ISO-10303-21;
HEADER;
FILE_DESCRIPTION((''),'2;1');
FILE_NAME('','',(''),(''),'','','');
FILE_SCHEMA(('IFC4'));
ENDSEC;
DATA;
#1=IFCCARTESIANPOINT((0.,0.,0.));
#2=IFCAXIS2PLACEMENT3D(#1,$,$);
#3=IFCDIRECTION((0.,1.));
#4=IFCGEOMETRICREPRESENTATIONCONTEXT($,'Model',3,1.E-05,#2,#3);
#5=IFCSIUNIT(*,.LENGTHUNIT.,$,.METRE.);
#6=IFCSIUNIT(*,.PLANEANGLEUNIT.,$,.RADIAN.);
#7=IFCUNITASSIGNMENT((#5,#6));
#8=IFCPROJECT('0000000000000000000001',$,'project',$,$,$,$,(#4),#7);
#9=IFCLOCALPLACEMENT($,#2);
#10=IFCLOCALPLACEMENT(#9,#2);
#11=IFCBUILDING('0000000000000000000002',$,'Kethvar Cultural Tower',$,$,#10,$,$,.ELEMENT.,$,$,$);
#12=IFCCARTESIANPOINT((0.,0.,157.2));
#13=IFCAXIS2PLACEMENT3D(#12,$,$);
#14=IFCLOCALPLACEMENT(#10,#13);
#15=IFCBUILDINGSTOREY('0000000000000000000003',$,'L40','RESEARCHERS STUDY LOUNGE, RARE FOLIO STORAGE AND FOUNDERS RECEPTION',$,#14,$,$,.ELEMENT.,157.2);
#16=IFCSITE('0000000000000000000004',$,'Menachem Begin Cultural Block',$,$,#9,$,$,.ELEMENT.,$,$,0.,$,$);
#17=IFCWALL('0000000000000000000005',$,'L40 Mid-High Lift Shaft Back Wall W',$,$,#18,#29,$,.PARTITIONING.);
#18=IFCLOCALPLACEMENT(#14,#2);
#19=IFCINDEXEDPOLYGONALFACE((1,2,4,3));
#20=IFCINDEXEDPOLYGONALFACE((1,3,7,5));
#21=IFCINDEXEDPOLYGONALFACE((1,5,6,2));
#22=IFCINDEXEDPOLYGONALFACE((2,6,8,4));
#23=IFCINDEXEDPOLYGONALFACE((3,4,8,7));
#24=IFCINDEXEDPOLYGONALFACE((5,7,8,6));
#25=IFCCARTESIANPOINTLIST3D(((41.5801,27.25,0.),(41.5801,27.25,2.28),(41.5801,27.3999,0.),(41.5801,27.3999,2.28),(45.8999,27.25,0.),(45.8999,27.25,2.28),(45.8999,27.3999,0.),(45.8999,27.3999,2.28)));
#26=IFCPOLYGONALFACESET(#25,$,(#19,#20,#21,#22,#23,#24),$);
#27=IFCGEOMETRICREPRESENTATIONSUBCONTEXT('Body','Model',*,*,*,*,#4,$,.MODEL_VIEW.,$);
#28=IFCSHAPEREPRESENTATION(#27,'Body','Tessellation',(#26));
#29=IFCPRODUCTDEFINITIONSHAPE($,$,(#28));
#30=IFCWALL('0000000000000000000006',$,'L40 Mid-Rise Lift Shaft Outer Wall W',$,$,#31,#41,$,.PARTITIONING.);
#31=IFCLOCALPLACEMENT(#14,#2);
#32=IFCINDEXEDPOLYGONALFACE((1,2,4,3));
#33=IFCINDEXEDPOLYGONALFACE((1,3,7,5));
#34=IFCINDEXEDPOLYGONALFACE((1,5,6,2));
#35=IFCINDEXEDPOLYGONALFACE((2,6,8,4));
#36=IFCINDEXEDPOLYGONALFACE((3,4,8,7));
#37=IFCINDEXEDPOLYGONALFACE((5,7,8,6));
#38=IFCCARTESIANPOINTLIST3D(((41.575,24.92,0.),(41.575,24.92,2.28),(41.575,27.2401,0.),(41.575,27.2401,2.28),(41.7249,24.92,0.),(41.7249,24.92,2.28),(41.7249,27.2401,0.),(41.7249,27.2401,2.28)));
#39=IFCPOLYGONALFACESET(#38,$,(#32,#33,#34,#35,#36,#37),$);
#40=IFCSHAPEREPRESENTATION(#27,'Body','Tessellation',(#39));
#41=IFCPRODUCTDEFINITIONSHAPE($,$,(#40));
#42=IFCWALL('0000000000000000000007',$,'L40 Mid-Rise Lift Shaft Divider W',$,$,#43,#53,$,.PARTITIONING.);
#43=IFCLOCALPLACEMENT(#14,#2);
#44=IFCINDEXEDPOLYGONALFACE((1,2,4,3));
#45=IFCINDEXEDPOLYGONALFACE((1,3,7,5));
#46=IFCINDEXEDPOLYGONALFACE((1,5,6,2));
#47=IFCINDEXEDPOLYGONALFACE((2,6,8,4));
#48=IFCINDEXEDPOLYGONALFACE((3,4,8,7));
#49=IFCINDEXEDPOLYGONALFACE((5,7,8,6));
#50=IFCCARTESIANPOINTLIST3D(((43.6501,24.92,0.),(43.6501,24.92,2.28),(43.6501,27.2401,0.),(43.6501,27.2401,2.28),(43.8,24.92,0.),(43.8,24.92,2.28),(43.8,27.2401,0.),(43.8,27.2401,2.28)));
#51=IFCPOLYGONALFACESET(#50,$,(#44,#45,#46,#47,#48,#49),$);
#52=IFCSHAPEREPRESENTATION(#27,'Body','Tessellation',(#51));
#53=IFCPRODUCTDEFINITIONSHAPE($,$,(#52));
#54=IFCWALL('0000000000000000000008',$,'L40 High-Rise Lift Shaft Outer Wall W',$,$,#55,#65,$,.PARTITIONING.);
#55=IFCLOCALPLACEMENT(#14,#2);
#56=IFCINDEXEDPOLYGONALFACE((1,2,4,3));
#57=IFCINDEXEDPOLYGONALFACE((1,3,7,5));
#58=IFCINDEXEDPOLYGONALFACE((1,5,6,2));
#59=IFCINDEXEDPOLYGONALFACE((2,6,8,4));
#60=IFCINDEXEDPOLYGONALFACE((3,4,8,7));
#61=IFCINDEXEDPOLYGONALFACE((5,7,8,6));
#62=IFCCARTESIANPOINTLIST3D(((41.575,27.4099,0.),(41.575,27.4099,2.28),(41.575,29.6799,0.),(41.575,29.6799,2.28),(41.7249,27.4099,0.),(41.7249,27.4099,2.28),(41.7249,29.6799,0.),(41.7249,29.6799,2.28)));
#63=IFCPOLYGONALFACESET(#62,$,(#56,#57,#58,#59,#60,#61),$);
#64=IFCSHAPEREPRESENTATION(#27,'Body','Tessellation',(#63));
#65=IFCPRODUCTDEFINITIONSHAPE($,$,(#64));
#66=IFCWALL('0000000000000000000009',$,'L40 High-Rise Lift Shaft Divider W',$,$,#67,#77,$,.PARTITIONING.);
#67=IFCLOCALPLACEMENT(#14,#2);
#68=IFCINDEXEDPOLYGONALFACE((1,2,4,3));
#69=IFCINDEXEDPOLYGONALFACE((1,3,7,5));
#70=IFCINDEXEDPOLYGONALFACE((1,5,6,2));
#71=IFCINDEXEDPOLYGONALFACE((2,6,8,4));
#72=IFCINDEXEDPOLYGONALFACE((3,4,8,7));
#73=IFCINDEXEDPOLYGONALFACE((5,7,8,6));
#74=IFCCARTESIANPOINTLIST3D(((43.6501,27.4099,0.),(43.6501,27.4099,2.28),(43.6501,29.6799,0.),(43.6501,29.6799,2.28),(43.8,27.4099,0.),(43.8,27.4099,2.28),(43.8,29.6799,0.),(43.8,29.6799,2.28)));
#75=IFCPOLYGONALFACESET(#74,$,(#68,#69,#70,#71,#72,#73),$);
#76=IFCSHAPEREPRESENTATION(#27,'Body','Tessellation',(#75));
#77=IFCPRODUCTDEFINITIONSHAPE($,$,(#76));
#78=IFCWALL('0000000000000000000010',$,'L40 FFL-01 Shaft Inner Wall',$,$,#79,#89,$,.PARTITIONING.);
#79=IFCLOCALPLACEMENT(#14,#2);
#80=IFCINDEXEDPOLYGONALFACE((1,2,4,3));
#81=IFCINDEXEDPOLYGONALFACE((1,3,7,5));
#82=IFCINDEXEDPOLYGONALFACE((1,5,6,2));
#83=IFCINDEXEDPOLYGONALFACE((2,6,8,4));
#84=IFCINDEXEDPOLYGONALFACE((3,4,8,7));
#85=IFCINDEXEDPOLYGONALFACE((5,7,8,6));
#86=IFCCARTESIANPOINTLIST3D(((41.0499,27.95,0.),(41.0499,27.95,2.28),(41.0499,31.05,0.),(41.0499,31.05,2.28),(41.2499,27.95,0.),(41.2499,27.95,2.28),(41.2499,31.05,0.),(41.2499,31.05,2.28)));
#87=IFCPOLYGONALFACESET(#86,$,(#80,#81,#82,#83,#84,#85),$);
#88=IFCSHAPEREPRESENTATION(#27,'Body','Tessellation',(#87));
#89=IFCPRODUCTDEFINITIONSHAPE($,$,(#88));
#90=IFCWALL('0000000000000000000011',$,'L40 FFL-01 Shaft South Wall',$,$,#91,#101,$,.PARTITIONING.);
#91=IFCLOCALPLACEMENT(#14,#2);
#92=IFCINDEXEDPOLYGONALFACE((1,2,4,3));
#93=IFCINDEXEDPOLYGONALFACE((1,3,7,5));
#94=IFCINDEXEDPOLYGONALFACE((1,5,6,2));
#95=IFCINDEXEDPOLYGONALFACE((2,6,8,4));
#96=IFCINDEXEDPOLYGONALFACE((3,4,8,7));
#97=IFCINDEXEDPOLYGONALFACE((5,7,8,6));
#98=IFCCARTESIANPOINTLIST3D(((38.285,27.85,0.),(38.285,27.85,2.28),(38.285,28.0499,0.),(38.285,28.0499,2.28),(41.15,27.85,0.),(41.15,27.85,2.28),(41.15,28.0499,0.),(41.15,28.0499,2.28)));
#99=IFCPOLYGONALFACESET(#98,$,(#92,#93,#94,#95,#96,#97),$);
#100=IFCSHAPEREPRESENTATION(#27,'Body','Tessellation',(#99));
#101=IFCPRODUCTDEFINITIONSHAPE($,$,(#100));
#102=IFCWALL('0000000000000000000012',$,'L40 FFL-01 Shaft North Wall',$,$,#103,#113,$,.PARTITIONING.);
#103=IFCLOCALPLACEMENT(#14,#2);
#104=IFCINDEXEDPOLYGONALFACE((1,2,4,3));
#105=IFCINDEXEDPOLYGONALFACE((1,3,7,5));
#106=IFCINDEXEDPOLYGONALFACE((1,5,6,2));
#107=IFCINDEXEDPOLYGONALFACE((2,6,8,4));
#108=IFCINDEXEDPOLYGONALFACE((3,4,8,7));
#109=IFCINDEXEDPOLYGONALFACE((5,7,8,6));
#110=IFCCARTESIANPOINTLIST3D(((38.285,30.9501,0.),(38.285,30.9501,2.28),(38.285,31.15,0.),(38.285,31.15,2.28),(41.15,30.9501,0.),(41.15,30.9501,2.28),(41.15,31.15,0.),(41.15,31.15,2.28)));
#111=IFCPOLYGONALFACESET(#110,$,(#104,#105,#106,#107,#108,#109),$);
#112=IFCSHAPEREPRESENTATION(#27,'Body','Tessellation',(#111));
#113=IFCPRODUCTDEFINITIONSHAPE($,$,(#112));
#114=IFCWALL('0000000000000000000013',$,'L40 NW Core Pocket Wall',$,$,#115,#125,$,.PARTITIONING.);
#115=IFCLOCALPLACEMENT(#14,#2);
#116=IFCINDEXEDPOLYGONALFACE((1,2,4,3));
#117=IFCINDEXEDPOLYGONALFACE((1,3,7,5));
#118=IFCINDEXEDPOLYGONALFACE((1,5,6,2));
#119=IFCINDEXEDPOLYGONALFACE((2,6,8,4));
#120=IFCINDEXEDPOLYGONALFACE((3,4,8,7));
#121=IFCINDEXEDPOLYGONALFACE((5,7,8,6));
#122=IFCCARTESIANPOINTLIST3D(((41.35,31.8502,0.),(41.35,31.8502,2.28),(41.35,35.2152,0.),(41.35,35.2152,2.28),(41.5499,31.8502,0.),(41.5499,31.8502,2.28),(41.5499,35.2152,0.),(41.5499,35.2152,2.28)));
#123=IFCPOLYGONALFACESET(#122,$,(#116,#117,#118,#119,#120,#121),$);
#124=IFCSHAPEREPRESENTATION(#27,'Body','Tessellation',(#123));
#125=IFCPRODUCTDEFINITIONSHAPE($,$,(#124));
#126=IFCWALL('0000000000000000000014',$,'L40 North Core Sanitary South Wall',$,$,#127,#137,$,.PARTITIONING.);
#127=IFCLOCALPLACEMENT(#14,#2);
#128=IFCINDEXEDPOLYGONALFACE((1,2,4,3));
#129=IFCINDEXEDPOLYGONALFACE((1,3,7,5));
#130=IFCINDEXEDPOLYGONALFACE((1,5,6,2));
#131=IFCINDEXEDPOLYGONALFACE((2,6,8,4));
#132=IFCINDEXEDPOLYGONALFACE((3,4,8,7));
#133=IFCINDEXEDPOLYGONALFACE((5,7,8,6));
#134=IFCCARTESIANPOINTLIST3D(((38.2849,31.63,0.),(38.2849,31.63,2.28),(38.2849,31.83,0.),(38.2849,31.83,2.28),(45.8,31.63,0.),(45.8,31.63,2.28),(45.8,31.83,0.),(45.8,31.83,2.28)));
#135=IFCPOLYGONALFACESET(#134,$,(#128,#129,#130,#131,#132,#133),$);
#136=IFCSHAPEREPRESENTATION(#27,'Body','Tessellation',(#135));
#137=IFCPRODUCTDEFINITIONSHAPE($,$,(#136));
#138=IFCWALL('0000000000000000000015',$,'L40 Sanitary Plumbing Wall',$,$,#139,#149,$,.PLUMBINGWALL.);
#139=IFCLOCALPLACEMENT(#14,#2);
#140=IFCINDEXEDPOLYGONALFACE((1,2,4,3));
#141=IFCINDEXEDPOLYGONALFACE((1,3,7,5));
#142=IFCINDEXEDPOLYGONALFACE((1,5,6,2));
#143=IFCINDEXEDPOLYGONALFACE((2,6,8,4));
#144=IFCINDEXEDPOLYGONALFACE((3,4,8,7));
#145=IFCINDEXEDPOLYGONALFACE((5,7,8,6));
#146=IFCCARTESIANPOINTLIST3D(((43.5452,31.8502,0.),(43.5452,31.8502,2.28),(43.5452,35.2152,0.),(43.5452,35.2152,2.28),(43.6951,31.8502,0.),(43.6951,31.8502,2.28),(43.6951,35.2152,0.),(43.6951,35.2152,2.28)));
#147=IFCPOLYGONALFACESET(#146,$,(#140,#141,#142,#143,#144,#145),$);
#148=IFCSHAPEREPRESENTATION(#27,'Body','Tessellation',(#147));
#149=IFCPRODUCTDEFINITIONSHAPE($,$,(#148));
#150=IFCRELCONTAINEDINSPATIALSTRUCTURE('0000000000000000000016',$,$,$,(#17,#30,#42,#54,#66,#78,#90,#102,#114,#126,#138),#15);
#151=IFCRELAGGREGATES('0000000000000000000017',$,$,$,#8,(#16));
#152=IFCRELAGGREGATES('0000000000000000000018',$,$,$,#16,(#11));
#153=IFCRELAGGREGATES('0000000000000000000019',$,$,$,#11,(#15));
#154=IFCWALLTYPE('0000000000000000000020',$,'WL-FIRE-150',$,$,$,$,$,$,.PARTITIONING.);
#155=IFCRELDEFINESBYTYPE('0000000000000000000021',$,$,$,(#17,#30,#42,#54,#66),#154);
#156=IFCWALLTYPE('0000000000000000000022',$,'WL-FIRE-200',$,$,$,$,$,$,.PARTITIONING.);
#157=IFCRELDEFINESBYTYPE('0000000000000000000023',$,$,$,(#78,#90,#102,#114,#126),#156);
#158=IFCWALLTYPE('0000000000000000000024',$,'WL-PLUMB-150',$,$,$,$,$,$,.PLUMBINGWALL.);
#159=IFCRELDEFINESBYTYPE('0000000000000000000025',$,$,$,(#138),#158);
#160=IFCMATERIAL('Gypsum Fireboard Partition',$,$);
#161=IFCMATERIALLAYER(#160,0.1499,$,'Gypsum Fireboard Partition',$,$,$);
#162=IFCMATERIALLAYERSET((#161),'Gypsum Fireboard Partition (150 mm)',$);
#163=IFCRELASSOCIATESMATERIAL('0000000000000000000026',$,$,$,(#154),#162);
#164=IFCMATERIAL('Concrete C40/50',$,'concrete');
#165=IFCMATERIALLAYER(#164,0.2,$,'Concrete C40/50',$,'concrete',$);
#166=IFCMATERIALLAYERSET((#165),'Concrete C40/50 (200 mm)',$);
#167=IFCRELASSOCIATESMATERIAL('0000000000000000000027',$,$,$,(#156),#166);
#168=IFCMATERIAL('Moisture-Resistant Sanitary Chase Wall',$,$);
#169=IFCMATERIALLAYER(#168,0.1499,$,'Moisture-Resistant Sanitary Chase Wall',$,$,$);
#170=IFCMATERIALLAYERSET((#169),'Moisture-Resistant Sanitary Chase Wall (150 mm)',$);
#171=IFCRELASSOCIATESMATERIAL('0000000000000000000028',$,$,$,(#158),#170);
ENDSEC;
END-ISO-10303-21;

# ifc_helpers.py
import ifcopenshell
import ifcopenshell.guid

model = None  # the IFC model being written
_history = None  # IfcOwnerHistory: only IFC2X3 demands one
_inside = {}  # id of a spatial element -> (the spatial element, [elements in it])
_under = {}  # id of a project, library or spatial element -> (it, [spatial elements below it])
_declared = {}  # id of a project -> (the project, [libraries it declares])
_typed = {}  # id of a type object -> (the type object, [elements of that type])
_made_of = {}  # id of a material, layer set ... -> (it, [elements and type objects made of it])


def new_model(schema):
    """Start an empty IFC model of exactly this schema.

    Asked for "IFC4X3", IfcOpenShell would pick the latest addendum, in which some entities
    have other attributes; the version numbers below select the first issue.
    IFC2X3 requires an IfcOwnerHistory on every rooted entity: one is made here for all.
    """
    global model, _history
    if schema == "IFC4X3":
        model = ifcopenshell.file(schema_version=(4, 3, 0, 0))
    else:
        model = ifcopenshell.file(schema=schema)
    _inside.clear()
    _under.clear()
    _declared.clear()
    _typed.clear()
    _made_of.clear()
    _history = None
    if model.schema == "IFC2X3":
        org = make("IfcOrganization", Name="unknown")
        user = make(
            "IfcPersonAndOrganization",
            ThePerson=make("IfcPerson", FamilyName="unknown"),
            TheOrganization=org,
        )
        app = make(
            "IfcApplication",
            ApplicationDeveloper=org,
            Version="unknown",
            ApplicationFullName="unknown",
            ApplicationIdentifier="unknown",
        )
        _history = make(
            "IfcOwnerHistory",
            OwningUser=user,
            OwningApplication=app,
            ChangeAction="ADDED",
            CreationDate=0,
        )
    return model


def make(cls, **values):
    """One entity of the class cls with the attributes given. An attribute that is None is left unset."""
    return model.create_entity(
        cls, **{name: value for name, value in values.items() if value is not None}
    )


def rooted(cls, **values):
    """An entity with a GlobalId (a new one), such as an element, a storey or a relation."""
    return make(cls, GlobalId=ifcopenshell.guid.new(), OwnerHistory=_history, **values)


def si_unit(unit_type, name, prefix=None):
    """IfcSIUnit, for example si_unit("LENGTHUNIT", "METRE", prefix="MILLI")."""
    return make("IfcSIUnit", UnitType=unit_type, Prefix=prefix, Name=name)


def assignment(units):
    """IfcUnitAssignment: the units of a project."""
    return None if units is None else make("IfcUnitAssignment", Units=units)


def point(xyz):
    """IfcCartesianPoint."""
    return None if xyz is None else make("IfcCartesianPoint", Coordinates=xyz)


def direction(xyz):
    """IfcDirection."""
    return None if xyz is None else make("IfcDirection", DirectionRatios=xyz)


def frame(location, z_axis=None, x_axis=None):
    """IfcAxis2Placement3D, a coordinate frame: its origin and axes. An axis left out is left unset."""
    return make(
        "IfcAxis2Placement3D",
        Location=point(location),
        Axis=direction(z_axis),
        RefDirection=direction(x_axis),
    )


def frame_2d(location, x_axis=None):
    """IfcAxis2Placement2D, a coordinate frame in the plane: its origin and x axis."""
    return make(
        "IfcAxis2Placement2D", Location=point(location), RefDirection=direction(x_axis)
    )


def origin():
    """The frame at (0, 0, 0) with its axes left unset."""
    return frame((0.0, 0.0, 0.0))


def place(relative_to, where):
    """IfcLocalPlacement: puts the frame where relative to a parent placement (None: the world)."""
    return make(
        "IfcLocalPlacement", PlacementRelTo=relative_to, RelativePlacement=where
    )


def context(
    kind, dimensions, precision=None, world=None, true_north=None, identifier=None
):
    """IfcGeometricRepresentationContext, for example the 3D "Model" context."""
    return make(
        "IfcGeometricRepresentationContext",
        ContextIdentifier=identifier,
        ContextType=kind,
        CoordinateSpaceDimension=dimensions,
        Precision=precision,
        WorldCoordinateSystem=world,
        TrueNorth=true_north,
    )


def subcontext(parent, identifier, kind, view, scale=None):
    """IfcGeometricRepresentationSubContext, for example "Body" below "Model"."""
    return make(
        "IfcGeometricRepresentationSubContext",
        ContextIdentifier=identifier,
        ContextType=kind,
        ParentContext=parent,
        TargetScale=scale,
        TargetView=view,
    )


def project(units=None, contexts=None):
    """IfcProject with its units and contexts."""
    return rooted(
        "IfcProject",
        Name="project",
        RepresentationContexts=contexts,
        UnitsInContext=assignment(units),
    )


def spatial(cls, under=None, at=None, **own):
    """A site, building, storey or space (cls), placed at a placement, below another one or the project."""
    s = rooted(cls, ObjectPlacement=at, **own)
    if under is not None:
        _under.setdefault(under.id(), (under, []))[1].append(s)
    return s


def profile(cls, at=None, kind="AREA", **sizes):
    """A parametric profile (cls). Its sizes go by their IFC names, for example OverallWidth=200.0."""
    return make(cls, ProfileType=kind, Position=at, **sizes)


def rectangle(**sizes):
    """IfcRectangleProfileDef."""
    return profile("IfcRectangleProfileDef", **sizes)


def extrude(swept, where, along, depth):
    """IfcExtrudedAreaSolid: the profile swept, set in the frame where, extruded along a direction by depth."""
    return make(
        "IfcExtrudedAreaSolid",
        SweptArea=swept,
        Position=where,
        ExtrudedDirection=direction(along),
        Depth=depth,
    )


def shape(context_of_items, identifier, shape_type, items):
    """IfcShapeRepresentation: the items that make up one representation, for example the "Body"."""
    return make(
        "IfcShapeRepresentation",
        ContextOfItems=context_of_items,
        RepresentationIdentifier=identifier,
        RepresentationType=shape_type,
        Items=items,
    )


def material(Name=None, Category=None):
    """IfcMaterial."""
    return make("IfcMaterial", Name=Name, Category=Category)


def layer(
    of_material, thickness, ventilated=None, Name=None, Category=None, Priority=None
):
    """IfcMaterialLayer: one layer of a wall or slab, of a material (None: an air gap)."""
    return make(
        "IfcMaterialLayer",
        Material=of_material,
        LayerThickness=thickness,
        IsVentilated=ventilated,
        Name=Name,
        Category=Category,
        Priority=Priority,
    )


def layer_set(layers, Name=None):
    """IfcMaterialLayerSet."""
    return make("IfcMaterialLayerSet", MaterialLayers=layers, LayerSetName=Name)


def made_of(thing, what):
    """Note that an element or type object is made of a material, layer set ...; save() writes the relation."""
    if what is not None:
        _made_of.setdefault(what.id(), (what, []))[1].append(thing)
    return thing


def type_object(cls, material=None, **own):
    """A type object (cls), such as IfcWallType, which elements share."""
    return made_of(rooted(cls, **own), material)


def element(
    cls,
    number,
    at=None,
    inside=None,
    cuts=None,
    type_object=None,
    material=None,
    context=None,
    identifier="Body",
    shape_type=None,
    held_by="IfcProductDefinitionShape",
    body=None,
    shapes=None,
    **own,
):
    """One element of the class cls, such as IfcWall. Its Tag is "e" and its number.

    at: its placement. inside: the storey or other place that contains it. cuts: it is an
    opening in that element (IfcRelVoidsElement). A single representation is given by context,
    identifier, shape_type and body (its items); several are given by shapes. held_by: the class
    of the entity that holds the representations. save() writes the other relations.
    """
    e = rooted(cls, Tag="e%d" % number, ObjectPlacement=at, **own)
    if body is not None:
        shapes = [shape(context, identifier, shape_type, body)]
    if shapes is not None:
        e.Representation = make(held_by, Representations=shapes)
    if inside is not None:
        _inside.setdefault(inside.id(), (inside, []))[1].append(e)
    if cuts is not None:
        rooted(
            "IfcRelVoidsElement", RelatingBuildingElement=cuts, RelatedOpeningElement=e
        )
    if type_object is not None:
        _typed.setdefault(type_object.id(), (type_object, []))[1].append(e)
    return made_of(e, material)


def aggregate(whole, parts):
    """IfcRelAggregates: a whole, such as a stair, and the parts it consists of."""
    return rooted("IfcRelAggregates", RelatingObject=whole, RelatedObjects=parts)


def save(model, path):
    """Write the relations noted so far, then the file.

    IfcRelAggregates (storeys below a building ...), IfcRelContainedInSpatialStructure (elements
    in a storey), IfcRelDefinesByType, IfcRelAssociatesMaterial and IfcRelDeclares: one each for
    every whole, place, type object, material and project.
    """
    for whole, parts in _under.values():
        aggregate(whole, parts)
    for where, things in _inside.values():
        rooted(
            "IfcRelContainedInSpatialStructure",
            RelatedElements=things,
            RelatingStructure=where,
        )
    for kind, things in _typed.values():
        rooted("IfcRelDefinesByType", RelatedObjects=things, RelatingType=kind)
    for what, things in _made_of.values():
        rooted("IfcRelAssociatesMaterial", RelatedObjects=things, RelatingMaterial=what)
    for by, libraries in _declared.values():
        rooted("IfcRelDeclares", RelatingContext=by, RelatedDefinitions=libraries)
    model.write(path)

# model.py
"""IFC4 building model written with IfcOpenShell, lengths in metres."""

from ifc_helpers import new_model, si_unit, direction, frame, frame_2d, origin, place, context, subcontext, project, spatial, rectangle, extrude, material, layer, layer_set, type_object, element, save


model = new_model("IFC4")

# Units and contexts
model_context = context("Model", 3, precision=1e-05, world=origin(), true_north=direction((0.0, 1.0)))
body_context = subcontext(model_context, "Body", "Model", "MODEL_VIEW")
ifc_project = project(units=[si_unit("LENGTHUNIT", "METRE"), si_unit("PLANEANGLEUNIT", "RADIAN")], contexts=[model_context])

# Site, building, storey
site_placement = place(None, origin())
site = spatial("IfcSite", under=ifc_project, at=site_placement, Name="Menachem Begin Cultural Block", CompositionType="ELEMENT", RefElevation=0.0)
building_placement = place(site_placement, origin())
building = spatial("IfcBuilding", under=site, at=building_placement, Name="Kethvar Cultural Tower", CompositionType="ELEMENT")
storey_placement = place(building_placement, frame((0.0, 0.0, 157.2)))
storey = spatial("IfcBuildingStorey", under=building, at=storey_placement, Name="L40", Description="RESEARCHERS STUDY LOUNGE, RARE FOLIO STORAGE AND FOUNDERS RECEPTION", CompositionType="ELEMENT", Elevation=157.2)

# Walls
ifc_material_1 = material(Name="Gypsum Fireboard Partition")
ifc_layer_1 = layer(ifc_material_1, 0.1499, Name="Gypsum Fireboard Partition")
ifc_layer_set_1 = layer_set([ifc_layer_1], Name="Gypsum Fireboard Partition (150 mm)")
wall_type_1 = type_object("IfcWallType", Name="WL-FIRE-150", PredefinedType="PARTITIONING", material=ifc_layer_set_1)
wall_1_placement = place(storey_placement, frame((41.5801, 27.325, 0.0), z_axis=(0.0, 0.0, 1.0), x_axis=(1.0, 0.0, 0.0)))
element("IfcWall", 1, at=wall_1_placement, inside=storey, type_object=wall_type_1, Name="L40 Mid-High Lift Shaft Back Wall W", PredefinedType="PARTITIONING", context=body_context, shape_type="SweptSolid", body=[
    extrude(rectangle(XDim=4.3198, YDim=0.1499, at=frame_2d((2.1599, 0.0))), origin(), (0.0, 0.0, 1.0), 2.28),
])
for number, where, z_axis, x_axis, name in (
    (2, (41.6499, 24.9199, 0.0), (0.0, 0.0, 1.0), (0.0, 1.0, 0.0), "L40 Mid-Rise Lift Shaft Outer Wall W"),
    (3, (43.7251, 24.9199, 0.0), (0.0, 0.0, 1.0), (0.0, 1.0, 0.0), "L40 Mid-Rise Lift Shaft Divider W"),
):
    element("IfcWall", number, at=place(storey_placement, frame(where, z_axis=z_axis, x_axis=x_axis)), inside=storey, type_object=wall_type_1, Name=name, PredefinedType="PARTITIONING", context=body_context, shape_type="SweptSolid", body=[
        extrude(rectangle(XDim=2.3201, YDim=0.1499, at=frame_2d((1.1602, 0.0))), origin(), (0.0, 0.0, 1.0), 2.28),
    ])
for number, where, z_axis, x_axis, name in (
    (4, (41.6499, 27.4099, 0.0), (0.0, 0.0, 1.0), (0.0, 1.0, 0.0), "L40 High-Rise Lift Shaft Outer Wall W"),
    (5, (43.7251, 27.4099, 0.0), (0.0, 0.0, 1.0), (0.0, 1.0, 0.0), "L40 High-Rise Lift Shaft Divider W"),
):
    element("IfcWall", number, at=place(storey_placement, frame(where, z_axis=z_axis, x_axis=x_axis)), inside=storey, type_object=wall_type_1, Name=name, PredefinedType="PARTITIONING", context=body_context, shape_type="SweptSolid", body=[
        extrude(rectangle(XDim=2.27, YDim=0.1499, at=frame_2d((1.135, 0.0))), origin(), (0.0, 0.0, 1.0), 2.28),
    ])
ifc_material_2 = material(Name="Concrete C40/50", Category="concrete")
ifc_layer_2 = layer(ifc_material_2, 0.2, Name="Concrete C40/50", Category="concrete")
ifc_layer_set_2 = layer_set([ifc_layer_2], Name="Concrete C40/50 (200 mm)")
wall_type_2 = type_object("IfcWallType", Name="WL-FIRE-200", PredefinedType="PARTITIONING", material=ifc_layer_set_2)
wall_2_placement = place(storey_placement, frame((41.1499, 27.95, 0.0), z_axis=(0.0, 0.0, 1.0), x_axis=(0.0, 1.0, 0.0)))
element("IfcWall", 6, at=wall_2_placement, inside=storey, type_object=wall_type_2, Name="L40 FFL-01 Shaft Inner Wall", PredefinedType="PARTITIONING", context=body_context, shape_type="SweptSolid", body=[
    extrude(rectangle(XDim=3.1001, YDim=0.2, at=frame_2d((1.55, 0.0))), origin(), (0.0, 0.0, 1.0), 2.28),
])
for number, where, z_axis, x_axis, name in (
    (7, (38.2849, 27.95, 0.0), (0.0, 0.0, 1.0), (1.0, 0.0, 0.0), "L40 FFL-01 Shaft South Wall"),
    (8, (38.2849, 31.05, 0.0), (0.0, 0.0, 1.0), (1.0, 0.0, 0.0), "L40 FFL-01 Shaft North Wall"),
):
    element("IfcWall", number, at=place(storey_placement, frame(where, z_axis=z_axis, x_axis=x_axis)), inside=storey, type_object=wall_type_2, Name=name, PredefinedType="PARTITIONING", context=body_context, shape_type="SweptSolid", body=[
        extrude(rectangle(XDim=2.865, YDim=0.2, at=frame_2d((1.4326, 0.0))), origin(), (0.0, 0.0, 1.0), 2.28),
    ])
wall_3_placement = place(storey_placement, frame((41.45, 31.8501, 0.0), z_axis=(0.0, 0.0, 1.0), x_axis=(0.0, 1.0, 0.0)))
element("IfcWall", 9, at=wall_3_placement, inside=storey, type_object=wall_type_2, Name="L40 NW Core Pocket Wall", PredefinedType="PARTITIONING", context=body_context, shape_type="SweptSolid", body=[
    extrude(rectangle(XDim=3.365, YDim=0.2, at=frame_2d((1.6826, 0.0))), origin(), (0.0, 0.0, 1.0), 2.28),
])
wall_4_placement = place(storey_placement, frame((38.2849, 31.73, 0.0), z_axis=(0.0, 0.0, 1.0), x_axis=(1.0, 0.0, 0.0)))
element("IfcWall", 10, at=wall_4_placement, inside=storey, type_object=wall_type_2, Name="L40 North Core Sanitary South Wall", PredefinedType="PARTITIONING", context=body_context, shape_type="SweptSolid", body=[
    extrude(rectangle(XDim=7.5151, YDim=0.2, at=frame_2d((3.7576, 0.0))), origin(), (0.0, 0.0, 1.0), 2.28),
])
ifc_material_3 = material(Name="Moisture-Resistant Sanitary Chase Wall")
ifc_layer_3 = layer(ifc_material_3, 0.1499, Name="Moisture-Resistant Sanitary Chase Wall")
ifc_layer_set_3 = layer_set([ifc_layer_3], Name="Moisture-Resistant Sanitary Chase Wall (150 mm)")
wall_type_3 = type_object("IfcWallType", Name="WL-PLUMB-150", PredefinedType="PLUMBINGWALL", material=ifc_layer_set_3)
wall_5_placement = place(storey_placement, frame((43.6201, 31.8501, 0.0), z_axis=(0.0, 0.0, 1.0), x_axis=(0.0, 1.0, 0.0)))
element("IfcWall", 11, at=wall_5_placement, inside=storey, type_object=wall_type_3, Name="L40 Sanitary Plumbing Wall", PredefinedType="PLUMBINGWALL", context=body_context, shape_type="SweptSolid", body=[
    extrude(rectangle(XDim=3.365, YDim=0.1499, at=frame_2d((1.6826, 0.0))), origin(), (0.0, 0.0, 1.0), 2.28),
])

save(model, "model.ifc")
